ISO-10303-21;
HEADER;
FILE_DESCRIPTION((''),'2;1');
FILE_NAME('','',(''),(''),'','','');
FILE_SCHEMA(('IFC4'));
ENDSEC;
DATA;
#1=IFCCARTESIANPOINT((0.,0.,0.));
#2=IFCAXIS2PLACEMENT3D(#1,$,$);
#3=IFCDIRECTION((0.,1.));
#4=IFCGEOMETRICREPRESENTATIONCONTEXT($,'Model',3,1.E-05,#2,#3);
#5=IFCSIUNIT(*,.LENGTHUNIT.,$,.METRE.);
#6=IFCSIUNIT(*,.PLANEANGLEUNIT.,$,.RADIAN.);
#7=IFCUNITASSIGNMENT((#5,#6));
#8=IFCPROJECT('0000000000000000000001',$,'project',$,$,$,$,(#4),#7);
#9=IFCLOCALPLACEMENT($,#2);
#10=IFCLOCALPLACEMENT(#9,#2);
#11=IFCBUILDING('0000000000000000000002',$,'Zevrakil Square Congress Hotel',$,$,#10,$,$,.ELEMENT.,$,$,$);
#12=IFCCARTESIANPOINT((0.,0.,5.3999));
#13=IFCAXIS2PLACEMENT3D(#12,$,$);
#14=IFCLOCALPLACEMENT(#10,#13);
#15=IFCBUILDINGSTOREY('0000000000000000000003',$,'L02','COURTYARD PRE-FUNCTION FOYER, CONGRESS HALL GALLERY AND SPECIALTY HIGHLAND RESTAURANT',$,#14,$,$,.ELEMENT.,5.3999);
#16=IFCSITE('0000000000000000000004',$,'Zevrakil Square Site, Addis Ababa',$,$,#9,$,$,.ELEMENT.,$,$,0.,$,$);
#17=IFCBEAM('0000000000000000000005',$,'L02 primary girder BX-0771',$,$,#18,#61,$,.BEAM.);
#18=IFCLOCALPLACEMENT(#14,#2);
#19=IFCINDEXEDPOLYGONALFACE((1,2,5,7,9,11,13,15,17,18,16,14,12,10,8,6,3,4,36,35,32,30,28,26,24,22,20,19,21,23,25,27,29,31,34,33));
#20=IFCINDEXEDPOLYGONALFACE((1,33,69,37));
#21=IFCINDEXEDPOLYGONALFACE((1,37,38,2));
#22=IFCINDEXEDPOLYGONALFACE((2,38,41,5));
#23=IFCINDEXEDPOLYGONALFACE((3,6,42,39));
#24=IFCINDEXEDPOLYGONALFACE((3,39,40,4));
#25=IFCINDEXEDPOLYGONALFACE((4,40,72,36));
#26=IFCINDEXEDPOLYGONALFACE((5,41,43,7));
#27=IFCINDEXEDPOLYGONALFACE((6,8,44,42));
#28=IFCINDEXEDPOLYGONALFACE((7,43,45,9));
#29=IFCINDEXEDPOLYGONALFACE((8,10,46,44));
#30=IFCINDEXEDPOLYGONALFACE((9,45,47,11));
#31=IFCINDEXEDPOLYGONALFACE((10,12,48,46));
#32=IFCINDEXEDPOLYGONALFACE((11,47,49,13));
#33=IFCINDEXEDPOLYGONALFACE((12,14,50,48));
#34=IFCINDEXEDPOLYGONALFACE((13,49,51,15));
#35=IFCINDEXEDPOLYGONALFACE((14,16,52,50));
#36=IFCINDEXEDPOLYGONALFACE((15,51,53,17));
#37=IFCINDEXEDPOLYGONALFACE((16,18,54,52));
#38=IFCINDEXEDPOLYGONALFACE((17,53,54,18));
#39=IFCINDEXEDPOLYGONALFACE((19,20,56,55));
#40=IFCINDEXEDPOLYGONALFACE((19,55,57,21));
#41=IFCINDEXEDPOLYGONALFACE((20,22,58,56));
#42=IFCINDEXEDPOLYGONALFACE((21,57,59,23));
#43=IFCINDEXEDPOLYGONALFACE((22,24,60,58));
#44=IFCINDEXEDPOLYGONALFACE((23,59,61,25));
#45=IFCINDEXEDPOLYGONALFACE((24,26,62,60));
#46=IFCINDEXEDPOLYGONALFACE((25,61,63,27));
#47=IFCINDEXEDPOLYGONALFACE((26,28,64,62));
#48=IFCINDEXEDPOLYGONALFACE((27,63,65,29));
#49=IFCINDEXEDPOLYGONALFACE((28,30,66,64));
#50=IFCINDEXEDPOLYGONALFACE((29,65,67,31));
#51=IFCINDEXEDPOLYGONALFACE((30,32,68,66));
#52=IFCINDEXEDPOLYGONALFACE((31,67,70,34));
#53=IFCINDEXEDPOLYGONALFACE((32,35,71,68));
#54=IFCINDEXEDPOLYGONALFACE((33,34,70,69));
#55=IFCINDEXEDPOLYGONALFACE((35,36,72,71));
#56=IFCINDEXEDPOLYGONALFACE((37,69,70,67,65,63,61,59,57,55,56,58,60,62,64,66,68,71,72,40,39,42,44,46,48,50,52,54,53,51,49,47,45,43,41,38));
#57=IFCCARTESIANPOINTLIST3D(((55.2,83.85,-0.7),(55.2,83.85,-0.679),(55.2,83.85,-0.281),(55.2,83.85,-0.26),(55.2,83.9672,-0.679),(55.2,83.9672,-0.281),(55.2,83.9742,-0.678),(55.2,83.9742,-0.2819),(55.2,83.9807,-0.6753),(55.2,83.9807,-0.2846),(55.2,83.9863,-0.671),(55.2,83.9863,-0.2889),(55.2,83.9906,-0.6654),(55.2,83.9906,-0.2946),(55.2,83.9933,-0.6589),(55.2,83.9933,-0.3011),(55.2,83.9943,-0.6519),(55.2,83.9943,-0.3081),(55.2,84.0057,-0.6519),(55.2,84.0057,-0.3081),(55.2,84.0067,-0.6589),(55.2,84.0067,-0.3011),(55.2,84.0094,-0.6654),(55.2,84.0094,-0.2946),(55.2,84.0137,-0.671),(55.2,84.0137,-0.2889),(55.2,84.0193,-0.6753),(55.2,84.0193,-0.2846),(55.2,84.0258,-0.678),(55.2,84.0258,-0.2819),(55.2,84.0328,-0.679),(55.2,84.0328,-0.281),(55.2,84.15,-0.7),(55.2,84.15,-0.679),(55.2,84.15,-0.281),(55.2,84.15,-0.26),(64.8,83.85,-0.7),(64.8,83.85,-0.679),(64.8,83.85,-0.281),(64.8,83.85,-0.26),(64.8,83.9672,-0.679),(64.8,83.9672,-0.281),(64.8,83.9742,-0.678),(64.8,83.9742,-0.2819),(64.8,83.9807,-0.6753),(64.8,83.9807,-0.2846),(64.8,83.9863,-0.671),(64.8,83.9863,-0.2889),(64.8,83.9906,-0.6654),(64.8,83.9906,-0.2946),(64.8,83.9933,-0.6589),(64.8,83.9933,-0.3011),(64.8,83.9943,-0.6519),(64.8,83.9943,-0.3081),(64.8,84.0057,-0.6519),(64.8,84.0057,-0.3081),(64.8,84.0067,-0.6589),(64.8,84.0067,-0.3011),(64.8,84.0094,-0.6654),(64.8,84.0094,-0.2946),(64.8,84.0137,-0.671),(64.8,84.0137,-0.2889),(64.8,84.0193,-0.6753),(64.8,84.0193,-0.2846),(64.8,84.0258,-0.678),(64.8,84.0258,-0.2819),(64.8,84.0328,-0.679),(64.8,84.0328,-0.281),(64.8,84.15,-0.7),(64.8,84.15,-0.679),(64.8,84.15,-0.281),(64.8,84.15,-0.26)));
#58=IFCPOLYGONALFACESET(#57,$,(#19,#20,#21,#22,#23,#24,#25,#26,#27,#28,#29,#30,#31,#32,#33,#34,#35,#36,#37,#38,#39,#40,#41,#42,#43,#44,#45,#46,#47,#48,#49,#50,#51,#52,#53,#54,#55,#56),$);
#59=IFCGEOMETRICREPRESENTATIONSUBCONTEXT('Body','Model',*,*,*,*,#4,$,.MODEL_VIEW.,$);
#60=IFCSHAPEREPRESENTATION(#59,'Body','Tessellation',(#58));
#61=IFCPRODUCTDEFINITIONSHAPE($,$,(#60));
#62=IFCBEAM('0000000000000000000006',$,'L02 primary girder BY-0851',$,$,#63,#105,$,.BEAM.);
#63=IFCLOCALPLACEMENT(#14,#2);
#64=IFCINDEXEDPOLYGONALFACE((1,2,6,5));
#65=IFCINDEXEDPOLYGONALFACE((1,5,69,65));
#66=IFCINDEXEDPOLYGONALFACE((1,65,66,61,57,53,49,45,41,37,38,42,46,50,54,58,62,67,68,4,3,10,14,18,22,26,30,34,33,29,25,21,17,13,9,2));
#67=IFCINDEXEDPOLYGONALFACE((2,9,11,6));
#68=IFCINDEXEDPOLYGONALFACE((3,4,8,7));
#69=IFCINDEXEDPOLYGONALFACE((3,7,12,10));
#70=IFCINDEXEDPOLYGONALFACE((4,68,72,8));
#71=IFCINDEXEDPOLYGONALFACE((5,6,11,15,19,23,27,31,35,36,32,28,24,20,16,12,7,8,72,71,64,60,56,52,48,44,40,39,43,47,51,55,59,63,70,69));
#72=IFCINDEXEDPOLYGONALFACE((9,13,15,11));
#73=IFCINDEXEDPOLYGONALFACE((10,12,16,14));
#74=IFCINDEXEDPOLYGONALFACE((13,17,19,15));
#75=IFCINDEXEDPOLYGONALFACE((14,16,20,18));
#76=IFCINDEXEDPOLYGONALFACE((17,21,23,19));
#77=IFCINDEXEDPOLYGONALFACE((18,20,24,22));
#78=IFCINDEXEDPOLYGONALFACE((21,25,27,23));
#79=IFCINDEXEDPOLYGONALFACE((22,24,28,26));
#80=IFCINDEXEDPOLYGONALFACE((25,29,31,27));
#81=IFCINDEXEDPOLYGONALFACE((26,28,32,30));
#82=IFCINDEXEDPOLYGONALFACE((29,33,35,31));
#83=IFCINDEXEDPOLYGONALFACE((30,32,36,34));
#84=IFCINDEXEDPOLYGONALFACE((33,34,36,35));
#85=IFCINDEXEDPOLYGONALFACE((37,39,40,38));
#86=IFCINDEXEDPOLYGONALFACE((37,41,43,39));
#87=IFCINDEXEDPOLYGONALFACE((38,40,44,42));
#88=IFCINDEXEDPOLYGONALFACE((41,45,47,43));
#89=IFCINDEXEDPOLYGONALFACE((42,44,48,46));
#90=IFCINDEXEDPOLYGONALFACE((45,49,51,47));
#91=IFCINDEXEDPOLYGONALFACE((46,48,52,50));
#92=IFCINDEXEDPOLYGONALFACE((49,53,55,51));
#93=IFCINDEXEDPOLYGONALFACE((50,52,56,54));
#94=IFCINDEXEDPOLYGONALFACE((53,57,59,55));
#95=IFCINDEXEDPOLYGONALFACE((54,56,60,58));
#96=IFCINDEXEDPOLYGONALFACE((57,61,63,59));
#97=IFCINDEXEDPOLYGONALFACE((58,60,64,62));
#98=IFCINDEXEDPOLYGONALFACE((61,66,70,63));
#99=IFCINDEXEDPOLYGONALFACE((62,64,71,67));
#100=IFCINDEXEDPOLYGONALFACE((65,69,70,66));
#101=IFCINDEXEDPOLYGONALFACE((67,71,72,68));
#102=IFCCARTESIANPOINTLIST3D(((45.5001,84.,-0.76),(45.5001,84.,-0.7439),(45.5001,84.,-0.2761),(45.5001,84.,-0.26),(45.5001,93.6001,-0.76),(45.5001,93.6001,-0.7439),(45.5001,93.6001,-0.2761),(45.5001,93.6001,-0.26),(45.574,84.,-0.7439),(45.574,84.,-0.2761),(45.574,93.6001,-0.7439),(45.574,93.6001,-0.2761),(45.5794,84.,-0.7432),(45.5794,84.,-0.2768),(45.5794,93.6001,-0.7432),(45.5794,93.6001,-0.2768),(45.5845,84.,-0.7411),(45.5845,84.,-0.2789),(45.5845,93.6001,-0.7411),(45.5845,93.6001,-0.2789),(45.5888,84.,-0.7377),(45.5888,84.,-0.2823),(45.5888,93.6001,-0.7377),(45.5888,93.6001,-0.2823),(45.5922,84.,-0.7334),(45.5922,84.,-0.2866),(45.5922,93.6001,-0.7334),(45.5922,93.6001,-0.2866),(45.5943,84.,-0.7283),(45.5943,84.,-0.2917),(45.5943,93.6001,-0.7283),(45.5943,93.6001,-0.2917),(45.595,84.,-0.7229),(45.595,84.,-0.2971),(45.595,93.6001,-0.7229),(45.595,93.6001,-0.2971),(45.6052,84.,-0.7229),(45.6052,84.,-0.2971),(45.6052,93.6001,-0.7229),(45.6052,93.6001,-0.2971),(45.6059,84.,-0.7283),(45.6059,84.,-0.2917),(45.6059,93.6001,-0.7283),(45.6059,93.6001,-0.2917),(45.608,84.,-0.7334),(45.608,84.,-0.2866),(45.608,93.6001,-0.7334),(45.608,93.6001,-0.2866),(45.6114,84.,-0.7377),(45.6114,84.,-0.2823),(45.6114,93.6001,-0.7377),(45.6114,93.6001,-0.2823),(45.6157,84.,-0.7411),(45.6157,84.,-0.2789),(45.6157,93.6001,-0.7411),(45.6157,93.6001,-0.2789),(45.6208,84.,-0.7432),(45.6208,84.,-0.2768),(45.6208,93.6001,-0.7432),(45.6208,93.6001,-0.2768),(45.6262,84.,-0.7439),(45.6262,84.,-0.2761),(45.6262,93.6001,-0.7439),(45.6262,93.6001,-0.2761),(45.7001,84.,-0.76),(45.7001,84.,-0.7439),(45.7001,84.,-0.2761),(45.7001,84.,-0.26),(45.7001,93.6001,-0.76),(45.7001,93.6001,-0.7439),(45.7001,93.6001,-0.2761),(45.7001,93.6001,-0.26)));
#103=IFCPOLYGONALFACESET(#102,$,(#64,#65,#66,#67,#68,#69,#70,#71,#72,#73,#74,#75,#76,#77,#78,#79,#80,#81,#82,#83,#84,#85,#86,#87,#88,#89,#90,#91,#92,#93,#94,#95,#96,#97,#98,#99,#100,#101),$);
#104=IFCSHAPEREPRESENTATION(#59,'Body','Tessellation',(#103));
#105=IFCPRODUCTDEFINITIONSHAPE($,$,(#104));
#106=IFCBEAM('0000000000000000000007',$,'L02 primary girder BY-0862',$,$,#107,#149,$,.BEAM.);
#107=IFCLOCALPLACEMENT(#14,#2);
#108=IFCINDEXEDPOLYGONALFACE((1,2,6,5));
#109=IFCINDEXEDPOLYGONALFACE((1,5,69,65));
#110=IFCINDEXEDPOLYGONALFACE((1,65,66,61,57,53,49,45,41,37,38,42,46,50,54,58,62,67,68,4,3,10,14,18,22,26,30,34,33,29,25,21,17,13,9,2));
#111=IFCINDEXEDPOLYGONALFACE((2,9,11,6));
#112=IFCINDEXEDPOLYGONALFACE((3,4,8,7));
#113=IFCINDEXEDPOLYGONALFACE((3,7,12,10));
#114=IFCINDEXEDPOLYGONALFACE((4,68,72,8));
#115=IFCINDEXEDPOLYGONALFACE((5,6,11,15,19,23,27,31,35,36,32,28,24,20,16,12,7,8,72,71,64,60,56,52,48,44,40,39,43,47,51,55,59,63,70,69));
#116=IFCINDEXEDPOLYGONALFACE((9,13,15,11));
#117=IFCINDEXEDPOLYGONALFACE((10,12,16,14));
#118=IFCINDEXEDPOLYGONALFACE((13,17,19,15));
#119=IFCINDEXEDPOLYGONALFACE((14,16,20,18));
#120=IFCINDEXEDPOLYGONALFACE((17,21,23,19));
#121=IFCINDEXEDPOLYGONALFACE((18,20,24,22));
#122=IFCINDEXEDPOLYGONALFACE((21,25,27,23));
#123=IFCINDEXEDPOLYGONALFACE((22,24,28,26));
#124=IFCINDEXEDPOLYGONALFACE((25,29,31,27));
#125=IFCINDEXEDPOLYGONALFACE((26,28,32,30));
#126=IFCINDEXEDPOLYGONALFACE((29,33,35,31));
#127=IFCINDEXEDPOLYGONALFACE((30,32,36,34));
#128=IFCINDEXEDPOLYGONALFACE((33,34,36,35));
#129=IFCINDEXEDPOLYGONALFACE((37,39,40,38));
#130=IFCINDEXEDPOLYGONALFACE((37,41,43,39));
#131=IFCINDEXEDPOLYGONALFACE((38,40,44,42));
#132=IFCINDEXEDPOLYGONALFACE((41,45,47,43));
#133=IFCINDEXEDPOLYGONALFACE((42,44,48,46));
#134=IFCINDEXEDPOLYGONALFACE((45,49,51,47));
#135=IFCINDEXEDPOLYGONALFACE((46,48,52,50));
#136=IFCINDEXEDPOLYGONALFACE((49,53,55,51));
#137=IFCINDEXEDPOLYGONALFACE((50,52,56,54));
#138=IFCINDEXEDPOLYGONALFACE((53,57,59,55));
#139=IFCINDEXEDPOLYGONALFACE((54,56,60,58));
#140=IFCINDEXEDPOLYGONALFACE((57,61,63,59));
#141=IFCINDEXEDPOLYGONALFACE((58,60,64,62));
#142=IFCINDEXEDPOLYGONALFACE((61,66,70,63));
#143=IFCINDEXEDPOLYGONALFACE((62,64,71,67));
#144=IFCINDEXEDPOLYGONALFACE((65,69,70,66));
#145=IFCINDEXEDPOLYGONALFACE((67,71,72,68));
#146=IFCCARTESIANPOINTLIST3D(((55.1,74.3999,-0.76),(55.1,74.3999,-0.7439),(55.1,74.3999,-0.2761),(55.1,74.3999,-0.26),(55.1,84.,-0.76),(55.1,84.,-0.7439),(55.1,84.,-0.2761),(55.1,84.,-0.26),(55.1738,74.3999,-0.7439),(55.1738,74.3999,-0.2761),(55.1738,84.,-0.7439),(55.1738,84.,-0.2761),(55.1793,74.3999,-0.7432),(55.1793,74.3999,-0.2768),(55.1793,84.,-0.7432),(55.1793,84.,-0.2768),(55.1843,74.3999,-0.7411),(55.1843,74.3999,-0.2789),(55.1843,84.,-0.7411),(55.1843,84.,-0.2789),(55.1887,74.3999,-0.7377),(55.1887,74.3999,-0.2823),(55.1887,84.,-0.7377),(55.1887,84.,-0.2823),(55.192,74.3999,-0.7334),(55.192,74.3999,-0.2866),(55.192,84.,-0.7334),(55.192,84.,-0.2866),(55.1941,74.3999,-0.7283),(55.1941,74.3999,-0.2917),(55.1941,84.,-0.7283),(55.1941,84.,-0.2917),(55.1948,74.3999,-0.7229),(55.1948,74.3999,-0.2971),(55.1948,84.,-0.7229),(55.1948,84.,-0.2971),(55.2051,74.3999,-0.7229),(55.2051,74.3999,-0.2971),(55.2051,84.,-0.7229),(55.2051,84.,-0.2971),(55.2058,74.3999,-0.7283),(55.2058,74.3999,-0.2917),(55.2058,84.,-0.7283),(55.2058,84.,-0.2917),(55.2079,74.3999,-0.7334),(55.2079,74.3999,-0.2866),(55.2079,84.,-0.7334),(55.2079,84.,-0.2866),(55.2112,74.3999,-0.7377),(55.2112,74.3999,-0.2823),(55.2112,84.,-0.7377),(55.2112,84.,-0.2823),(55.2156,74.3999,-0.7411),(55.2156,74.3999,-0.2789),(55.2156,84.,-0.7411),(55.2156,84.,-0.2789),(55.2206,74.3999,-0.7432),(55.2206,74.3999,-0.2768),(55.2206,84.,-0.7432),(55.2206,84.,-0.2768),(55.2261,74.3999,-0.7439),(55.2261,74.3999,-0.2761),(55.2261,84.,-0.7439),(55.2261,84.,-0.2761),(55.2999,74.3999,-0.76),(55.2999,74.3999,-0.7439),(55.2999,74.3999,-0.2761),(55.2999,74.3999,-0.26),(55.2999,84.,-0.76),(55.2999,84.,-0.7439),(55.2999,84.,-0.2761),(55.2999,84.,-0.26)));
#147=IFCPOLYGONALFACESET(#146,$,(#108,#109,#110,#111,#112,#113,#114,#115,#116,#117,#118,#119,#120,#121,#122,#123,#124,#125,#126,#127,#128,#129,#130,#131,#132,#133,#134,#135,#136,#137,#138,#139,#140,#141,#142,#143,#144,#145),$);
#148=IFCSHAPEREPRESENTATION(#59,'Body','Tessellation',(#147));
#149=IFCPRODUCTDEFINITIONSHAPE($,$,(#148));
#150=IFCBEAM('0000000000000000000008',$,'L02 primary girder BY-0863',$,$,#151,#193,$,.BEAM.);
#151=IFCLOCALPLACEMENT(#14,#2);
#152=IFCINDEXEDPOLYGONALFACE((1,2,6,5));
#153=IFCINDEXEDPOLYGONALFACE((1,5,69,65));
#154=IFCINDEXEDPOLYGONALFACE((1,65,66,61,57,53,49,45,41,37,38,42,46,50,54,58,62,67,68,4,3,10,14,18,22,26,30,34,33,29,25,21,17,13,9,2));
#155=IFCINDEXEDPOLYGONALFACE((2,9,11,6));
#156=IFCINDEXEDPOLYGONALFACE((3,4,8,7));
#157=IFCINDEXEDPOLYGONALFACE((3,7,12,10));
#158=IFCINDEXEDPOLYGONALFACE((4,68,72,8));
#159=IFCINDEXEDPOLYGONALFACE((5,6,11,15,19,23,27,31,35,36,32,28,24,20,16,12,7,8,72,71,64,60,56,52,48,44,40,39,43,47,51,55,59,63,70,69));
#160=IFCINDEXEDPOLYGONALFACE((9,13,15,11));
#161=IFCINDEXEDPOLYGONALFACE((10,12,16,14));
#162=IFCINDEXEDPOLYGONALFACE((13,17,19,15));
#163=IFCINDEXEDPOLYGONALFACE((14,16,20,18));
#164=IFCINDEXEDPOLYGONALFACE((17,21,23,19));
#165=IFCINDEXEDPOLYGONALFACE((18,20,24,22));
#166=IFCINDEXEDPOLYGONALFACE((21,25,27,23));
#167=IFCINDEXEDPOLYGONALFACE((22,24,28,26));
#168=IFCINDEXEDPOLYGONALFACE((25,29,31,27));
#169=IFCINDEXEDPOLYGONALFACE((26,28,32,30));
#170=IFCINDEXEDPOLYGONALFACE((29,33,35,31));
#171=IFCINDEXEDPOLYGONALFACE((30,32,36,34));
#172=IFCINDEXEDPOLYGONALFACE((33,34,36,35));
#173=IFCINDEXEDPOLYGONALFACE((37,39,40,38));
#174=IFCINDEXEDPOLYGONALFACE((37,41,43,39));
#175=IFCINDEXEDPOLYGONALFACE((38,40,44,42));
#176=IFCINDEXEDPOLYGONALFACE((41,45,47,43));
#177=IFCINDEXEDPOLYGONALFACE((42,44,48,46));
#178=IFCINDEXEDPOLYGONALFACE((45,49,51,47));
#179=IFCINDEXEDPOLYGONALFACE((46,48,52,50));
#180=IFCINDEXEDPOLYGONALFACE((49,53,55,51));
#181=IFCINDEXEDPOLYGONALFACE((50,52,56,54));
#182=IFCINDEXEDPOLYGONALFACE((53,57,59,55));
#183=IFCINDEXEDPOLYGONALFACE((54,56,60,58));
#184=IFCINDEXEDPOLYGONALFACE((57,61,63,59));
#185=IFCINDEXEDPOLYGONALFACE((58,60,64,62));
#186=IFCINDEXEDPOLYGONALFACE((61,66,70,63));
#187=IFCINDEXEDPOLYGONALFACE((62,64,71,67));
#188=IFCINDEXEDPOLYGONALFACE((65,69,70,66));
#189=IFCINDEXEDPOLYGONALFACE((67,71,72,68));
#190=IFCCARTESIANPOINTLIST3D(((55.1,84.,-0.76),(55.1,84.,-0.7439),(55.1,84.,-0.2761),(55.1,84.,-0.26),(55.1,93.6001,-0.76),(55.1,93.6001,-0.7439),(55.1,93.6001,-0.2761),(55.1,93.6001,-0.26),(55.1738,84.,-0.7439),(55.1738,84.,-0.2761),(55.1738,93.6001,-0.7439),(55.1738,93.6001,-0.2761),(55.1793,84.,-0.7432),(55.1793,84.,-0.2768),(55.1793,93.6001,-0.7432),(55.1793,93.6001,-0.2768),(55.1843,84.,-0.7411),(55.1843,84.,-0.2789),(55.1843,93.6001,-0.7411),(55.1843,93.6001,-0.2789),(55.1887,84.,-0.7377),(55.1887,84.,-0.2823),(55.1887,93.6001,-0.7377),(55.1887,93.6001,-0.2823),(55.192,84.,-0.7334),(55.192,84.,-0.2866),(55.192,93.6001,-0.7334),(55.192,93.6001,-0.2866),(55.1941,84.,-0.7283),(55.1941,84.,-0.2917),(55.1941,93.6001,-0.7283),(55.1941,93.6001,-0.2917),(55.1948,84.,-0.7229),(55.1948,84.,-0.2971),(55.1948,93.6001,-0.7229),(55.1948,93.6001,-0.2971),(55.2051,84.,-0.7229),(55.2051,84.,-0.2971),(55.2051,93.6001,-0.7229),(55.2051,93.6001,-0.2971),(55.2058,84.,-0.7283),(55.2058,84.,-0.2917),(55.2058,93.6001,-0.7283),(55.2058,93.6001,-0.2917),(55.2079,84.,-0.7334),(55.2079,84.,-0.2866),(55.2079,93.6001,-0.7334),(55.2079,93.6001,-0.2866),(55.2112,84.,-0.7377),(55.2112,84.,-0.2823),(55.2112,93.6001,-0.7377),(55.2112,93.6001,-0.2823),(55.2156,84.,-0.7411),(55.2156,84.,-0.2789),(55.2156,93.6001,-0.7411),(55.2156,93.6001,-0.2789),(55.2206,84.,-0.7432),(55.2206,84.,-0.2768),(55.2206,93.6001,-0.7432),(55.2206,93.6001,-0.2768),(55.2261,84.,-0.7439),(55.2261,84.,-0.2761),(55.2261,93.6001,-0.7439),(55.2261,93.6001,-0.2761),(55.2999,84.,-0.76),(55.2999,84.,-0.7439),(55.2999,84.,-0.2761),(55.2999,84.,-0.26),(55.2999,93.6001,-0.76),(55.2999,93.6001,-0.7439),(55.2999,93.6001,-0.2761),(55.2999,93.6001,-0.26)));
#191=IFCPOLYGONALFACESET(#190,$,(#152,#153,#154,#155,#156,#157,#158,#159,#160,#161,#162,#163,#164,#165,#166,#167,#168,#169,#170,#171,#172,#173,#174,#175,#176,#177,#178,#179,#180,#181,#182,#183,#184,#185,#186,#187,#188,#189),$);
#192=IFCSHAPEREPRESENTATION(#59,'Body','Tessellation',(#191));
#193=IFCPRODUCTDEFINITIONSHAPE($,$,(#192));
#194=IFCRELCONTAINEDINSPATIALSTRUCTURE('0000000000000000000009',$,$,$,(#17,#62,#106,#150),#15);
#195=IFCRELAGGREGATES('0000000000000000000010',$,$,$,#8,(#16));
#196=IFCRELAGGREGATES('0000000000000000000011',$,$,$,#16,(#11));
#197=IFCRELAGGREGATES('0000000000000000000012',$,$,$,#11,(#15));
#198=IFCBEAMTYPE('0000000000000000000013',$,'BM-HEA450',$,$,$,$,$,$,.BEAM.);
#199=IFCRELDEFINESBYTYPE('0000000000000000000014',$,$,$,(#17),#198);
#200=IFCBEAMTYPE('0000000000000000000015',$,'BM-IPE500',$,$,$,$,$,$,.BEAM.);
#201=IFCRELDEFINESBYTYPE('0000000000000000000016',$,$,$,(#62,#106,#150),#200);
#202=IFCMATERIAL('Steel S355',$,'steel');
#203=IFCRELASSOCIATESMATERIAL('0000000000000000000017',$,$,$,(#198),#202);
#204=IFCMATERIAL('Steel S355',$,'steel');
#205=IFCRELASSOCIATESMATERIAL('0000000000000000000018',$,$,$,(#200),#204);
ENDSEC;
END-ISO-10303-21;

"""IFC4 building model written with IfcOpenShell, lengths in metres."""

from ifc_helpers import new_model, si_unit, direction, frame, origin, origin_2d, place, context, subcontext, project, spatial, i_section, extrude, material, material_profile, profile_set, type_object, element, save


model = new_model("IFC4")

# Units and contexts
model_context = context("Model", 3, precision=1e-05, world=origin(), true_north=direction((0.0, 1.0)))
body_context = subcontext(model_context, "Body", "Model", "MODEL_VIEW")
ifc_project = project(units=[si_unit("LENGTHUNIT", "METRE"), si_unit("PLANEANGLEUNIT", "RADIAN")], contexts=[model_context])

# Site, building, storey
site_placement = place(None, origin())
site = spatial("IfcSite", under=ifc_project, at=site_placement, Name="Zevrakil Square Site, Addis Ababa", CompositionType="ELEMENT", RefElevation=0.0)
building_placement = place(site_placement, origin())
building = spatial("IfcBuilding", under=site, at=building_placement, Name="Zevrakil Square Congress Hotel", CompositionType="ELEMENT")
storey_placement = place(building_placement, frame((0.0, 0.0, 5.3999)))
storey = spatial("IfcBuildingStorey", under=building, at=storey_placement, Name="L02", Description="COURTYARD PRE-FUNCTION FOYER, CONGRESS HALL GALLERY AND SPECIALTY HIGHLAND RESTAURANT", CompositionType="ELEMENT", Elevation=5.3999)

# Beams
ifc_material_1 = material(Name="Steel S355", Category="steel")
ifc_material_profile_1 = material_profile(ifc_material_1, i_section(OverallWidth=0.3, OverallDepth=0.4399, WebThickness=0.0115, FlangeThickness=0.021, FilletRadius=0.0271, at=origin_2d()), Name="HEA 450")
ifc_profile_set_1 = profile_set([ifc_material_profile_1], Name="Steel S355")
beam_type_1 = type_object("IfcBeamType", Name="BM-HEA450", PredefinedType="BEAM", material=ifc_profile_set_1)
beam_1_placement = place(storey_placement, frame((55.2, 84.0, -0.48), z_axis=(1.0, 0.0, 0.0), x_axis=(0.0, 1.0, 0.0)))
element("IfcBeam", 1, at=beam_1_placement, inside=storey, type_object=beam_type_1, Name="L02 primary girder BX-0771", PredefinedType="BEAM", context=body_context, shape_type="SweptSolid", body=[
    extrude(i_section(OverallWidth=0.3, OverallDepth=0.4399, WebThickness=0.0115, FlangeThickness=0.021, FilletRadius=0.0271, at=origin_2d()), origin(), (0.0, 0.0, 1.0), 9.6001),
])
ifc_material_2 = material(Name="Steel S355", Category="steel")
ifc_material_profile_2 = material_profile(ifc_material_2, i_section(OverallWidth=0.2, OverallDepth=0.5, WebThickness=0.0103, FlangeThickness=0.0161, FilletRadius=0.021, at=origin_2d()), Name="IPE 500")
ifc_profile_set_2 = profile_set([ifc_material_profile_2], Name="Steel S355")
beam_type_2 = type_object("IfcBeamType", Name="BM-IPE500", PredefinedType="BEAM", material=ifc_profile_set_2)
for number, where, z_axis, x_axis, name in (
    (2, (45.6001, 84.0, -0.51), (0.0, 1.0, 0.0), (-1.0, 0.0, 0.0), "L02 primary girder BY-0851"),
    (3, (55.2, 74.3999, -0.51), (0.0, 1.0, 0.0), (-1.0, 0.0, 0.0), "L02 primary girder BY-0862"),
    (4, (55.2, 84.0, -0.51), (0.0, 1.0, 0.0), (-1.0, 0.0, 0.0), "L02 primary girder BY-0863"),
):
    element("IfcBeam", number, at=place(storey_placement, frame(where, z_axis=z_axis, x_axis=x_axis)), inside=storey, type_object=beam_type_2, Name=name, PredefinedType="BEAM", context=body_context, shape_type="SweptSolid", body=[
        extrude(i_section(OverallWidth=0.2, OverallDepth=0.5, WebThickness=0.0103, FlangeThickness=0.0161, FilletRadius=0.021, at=origin_2d()), origin(), (0.0, 0.0, 1.0), 9.6001),
    ])

save(model, "model.ifc")
